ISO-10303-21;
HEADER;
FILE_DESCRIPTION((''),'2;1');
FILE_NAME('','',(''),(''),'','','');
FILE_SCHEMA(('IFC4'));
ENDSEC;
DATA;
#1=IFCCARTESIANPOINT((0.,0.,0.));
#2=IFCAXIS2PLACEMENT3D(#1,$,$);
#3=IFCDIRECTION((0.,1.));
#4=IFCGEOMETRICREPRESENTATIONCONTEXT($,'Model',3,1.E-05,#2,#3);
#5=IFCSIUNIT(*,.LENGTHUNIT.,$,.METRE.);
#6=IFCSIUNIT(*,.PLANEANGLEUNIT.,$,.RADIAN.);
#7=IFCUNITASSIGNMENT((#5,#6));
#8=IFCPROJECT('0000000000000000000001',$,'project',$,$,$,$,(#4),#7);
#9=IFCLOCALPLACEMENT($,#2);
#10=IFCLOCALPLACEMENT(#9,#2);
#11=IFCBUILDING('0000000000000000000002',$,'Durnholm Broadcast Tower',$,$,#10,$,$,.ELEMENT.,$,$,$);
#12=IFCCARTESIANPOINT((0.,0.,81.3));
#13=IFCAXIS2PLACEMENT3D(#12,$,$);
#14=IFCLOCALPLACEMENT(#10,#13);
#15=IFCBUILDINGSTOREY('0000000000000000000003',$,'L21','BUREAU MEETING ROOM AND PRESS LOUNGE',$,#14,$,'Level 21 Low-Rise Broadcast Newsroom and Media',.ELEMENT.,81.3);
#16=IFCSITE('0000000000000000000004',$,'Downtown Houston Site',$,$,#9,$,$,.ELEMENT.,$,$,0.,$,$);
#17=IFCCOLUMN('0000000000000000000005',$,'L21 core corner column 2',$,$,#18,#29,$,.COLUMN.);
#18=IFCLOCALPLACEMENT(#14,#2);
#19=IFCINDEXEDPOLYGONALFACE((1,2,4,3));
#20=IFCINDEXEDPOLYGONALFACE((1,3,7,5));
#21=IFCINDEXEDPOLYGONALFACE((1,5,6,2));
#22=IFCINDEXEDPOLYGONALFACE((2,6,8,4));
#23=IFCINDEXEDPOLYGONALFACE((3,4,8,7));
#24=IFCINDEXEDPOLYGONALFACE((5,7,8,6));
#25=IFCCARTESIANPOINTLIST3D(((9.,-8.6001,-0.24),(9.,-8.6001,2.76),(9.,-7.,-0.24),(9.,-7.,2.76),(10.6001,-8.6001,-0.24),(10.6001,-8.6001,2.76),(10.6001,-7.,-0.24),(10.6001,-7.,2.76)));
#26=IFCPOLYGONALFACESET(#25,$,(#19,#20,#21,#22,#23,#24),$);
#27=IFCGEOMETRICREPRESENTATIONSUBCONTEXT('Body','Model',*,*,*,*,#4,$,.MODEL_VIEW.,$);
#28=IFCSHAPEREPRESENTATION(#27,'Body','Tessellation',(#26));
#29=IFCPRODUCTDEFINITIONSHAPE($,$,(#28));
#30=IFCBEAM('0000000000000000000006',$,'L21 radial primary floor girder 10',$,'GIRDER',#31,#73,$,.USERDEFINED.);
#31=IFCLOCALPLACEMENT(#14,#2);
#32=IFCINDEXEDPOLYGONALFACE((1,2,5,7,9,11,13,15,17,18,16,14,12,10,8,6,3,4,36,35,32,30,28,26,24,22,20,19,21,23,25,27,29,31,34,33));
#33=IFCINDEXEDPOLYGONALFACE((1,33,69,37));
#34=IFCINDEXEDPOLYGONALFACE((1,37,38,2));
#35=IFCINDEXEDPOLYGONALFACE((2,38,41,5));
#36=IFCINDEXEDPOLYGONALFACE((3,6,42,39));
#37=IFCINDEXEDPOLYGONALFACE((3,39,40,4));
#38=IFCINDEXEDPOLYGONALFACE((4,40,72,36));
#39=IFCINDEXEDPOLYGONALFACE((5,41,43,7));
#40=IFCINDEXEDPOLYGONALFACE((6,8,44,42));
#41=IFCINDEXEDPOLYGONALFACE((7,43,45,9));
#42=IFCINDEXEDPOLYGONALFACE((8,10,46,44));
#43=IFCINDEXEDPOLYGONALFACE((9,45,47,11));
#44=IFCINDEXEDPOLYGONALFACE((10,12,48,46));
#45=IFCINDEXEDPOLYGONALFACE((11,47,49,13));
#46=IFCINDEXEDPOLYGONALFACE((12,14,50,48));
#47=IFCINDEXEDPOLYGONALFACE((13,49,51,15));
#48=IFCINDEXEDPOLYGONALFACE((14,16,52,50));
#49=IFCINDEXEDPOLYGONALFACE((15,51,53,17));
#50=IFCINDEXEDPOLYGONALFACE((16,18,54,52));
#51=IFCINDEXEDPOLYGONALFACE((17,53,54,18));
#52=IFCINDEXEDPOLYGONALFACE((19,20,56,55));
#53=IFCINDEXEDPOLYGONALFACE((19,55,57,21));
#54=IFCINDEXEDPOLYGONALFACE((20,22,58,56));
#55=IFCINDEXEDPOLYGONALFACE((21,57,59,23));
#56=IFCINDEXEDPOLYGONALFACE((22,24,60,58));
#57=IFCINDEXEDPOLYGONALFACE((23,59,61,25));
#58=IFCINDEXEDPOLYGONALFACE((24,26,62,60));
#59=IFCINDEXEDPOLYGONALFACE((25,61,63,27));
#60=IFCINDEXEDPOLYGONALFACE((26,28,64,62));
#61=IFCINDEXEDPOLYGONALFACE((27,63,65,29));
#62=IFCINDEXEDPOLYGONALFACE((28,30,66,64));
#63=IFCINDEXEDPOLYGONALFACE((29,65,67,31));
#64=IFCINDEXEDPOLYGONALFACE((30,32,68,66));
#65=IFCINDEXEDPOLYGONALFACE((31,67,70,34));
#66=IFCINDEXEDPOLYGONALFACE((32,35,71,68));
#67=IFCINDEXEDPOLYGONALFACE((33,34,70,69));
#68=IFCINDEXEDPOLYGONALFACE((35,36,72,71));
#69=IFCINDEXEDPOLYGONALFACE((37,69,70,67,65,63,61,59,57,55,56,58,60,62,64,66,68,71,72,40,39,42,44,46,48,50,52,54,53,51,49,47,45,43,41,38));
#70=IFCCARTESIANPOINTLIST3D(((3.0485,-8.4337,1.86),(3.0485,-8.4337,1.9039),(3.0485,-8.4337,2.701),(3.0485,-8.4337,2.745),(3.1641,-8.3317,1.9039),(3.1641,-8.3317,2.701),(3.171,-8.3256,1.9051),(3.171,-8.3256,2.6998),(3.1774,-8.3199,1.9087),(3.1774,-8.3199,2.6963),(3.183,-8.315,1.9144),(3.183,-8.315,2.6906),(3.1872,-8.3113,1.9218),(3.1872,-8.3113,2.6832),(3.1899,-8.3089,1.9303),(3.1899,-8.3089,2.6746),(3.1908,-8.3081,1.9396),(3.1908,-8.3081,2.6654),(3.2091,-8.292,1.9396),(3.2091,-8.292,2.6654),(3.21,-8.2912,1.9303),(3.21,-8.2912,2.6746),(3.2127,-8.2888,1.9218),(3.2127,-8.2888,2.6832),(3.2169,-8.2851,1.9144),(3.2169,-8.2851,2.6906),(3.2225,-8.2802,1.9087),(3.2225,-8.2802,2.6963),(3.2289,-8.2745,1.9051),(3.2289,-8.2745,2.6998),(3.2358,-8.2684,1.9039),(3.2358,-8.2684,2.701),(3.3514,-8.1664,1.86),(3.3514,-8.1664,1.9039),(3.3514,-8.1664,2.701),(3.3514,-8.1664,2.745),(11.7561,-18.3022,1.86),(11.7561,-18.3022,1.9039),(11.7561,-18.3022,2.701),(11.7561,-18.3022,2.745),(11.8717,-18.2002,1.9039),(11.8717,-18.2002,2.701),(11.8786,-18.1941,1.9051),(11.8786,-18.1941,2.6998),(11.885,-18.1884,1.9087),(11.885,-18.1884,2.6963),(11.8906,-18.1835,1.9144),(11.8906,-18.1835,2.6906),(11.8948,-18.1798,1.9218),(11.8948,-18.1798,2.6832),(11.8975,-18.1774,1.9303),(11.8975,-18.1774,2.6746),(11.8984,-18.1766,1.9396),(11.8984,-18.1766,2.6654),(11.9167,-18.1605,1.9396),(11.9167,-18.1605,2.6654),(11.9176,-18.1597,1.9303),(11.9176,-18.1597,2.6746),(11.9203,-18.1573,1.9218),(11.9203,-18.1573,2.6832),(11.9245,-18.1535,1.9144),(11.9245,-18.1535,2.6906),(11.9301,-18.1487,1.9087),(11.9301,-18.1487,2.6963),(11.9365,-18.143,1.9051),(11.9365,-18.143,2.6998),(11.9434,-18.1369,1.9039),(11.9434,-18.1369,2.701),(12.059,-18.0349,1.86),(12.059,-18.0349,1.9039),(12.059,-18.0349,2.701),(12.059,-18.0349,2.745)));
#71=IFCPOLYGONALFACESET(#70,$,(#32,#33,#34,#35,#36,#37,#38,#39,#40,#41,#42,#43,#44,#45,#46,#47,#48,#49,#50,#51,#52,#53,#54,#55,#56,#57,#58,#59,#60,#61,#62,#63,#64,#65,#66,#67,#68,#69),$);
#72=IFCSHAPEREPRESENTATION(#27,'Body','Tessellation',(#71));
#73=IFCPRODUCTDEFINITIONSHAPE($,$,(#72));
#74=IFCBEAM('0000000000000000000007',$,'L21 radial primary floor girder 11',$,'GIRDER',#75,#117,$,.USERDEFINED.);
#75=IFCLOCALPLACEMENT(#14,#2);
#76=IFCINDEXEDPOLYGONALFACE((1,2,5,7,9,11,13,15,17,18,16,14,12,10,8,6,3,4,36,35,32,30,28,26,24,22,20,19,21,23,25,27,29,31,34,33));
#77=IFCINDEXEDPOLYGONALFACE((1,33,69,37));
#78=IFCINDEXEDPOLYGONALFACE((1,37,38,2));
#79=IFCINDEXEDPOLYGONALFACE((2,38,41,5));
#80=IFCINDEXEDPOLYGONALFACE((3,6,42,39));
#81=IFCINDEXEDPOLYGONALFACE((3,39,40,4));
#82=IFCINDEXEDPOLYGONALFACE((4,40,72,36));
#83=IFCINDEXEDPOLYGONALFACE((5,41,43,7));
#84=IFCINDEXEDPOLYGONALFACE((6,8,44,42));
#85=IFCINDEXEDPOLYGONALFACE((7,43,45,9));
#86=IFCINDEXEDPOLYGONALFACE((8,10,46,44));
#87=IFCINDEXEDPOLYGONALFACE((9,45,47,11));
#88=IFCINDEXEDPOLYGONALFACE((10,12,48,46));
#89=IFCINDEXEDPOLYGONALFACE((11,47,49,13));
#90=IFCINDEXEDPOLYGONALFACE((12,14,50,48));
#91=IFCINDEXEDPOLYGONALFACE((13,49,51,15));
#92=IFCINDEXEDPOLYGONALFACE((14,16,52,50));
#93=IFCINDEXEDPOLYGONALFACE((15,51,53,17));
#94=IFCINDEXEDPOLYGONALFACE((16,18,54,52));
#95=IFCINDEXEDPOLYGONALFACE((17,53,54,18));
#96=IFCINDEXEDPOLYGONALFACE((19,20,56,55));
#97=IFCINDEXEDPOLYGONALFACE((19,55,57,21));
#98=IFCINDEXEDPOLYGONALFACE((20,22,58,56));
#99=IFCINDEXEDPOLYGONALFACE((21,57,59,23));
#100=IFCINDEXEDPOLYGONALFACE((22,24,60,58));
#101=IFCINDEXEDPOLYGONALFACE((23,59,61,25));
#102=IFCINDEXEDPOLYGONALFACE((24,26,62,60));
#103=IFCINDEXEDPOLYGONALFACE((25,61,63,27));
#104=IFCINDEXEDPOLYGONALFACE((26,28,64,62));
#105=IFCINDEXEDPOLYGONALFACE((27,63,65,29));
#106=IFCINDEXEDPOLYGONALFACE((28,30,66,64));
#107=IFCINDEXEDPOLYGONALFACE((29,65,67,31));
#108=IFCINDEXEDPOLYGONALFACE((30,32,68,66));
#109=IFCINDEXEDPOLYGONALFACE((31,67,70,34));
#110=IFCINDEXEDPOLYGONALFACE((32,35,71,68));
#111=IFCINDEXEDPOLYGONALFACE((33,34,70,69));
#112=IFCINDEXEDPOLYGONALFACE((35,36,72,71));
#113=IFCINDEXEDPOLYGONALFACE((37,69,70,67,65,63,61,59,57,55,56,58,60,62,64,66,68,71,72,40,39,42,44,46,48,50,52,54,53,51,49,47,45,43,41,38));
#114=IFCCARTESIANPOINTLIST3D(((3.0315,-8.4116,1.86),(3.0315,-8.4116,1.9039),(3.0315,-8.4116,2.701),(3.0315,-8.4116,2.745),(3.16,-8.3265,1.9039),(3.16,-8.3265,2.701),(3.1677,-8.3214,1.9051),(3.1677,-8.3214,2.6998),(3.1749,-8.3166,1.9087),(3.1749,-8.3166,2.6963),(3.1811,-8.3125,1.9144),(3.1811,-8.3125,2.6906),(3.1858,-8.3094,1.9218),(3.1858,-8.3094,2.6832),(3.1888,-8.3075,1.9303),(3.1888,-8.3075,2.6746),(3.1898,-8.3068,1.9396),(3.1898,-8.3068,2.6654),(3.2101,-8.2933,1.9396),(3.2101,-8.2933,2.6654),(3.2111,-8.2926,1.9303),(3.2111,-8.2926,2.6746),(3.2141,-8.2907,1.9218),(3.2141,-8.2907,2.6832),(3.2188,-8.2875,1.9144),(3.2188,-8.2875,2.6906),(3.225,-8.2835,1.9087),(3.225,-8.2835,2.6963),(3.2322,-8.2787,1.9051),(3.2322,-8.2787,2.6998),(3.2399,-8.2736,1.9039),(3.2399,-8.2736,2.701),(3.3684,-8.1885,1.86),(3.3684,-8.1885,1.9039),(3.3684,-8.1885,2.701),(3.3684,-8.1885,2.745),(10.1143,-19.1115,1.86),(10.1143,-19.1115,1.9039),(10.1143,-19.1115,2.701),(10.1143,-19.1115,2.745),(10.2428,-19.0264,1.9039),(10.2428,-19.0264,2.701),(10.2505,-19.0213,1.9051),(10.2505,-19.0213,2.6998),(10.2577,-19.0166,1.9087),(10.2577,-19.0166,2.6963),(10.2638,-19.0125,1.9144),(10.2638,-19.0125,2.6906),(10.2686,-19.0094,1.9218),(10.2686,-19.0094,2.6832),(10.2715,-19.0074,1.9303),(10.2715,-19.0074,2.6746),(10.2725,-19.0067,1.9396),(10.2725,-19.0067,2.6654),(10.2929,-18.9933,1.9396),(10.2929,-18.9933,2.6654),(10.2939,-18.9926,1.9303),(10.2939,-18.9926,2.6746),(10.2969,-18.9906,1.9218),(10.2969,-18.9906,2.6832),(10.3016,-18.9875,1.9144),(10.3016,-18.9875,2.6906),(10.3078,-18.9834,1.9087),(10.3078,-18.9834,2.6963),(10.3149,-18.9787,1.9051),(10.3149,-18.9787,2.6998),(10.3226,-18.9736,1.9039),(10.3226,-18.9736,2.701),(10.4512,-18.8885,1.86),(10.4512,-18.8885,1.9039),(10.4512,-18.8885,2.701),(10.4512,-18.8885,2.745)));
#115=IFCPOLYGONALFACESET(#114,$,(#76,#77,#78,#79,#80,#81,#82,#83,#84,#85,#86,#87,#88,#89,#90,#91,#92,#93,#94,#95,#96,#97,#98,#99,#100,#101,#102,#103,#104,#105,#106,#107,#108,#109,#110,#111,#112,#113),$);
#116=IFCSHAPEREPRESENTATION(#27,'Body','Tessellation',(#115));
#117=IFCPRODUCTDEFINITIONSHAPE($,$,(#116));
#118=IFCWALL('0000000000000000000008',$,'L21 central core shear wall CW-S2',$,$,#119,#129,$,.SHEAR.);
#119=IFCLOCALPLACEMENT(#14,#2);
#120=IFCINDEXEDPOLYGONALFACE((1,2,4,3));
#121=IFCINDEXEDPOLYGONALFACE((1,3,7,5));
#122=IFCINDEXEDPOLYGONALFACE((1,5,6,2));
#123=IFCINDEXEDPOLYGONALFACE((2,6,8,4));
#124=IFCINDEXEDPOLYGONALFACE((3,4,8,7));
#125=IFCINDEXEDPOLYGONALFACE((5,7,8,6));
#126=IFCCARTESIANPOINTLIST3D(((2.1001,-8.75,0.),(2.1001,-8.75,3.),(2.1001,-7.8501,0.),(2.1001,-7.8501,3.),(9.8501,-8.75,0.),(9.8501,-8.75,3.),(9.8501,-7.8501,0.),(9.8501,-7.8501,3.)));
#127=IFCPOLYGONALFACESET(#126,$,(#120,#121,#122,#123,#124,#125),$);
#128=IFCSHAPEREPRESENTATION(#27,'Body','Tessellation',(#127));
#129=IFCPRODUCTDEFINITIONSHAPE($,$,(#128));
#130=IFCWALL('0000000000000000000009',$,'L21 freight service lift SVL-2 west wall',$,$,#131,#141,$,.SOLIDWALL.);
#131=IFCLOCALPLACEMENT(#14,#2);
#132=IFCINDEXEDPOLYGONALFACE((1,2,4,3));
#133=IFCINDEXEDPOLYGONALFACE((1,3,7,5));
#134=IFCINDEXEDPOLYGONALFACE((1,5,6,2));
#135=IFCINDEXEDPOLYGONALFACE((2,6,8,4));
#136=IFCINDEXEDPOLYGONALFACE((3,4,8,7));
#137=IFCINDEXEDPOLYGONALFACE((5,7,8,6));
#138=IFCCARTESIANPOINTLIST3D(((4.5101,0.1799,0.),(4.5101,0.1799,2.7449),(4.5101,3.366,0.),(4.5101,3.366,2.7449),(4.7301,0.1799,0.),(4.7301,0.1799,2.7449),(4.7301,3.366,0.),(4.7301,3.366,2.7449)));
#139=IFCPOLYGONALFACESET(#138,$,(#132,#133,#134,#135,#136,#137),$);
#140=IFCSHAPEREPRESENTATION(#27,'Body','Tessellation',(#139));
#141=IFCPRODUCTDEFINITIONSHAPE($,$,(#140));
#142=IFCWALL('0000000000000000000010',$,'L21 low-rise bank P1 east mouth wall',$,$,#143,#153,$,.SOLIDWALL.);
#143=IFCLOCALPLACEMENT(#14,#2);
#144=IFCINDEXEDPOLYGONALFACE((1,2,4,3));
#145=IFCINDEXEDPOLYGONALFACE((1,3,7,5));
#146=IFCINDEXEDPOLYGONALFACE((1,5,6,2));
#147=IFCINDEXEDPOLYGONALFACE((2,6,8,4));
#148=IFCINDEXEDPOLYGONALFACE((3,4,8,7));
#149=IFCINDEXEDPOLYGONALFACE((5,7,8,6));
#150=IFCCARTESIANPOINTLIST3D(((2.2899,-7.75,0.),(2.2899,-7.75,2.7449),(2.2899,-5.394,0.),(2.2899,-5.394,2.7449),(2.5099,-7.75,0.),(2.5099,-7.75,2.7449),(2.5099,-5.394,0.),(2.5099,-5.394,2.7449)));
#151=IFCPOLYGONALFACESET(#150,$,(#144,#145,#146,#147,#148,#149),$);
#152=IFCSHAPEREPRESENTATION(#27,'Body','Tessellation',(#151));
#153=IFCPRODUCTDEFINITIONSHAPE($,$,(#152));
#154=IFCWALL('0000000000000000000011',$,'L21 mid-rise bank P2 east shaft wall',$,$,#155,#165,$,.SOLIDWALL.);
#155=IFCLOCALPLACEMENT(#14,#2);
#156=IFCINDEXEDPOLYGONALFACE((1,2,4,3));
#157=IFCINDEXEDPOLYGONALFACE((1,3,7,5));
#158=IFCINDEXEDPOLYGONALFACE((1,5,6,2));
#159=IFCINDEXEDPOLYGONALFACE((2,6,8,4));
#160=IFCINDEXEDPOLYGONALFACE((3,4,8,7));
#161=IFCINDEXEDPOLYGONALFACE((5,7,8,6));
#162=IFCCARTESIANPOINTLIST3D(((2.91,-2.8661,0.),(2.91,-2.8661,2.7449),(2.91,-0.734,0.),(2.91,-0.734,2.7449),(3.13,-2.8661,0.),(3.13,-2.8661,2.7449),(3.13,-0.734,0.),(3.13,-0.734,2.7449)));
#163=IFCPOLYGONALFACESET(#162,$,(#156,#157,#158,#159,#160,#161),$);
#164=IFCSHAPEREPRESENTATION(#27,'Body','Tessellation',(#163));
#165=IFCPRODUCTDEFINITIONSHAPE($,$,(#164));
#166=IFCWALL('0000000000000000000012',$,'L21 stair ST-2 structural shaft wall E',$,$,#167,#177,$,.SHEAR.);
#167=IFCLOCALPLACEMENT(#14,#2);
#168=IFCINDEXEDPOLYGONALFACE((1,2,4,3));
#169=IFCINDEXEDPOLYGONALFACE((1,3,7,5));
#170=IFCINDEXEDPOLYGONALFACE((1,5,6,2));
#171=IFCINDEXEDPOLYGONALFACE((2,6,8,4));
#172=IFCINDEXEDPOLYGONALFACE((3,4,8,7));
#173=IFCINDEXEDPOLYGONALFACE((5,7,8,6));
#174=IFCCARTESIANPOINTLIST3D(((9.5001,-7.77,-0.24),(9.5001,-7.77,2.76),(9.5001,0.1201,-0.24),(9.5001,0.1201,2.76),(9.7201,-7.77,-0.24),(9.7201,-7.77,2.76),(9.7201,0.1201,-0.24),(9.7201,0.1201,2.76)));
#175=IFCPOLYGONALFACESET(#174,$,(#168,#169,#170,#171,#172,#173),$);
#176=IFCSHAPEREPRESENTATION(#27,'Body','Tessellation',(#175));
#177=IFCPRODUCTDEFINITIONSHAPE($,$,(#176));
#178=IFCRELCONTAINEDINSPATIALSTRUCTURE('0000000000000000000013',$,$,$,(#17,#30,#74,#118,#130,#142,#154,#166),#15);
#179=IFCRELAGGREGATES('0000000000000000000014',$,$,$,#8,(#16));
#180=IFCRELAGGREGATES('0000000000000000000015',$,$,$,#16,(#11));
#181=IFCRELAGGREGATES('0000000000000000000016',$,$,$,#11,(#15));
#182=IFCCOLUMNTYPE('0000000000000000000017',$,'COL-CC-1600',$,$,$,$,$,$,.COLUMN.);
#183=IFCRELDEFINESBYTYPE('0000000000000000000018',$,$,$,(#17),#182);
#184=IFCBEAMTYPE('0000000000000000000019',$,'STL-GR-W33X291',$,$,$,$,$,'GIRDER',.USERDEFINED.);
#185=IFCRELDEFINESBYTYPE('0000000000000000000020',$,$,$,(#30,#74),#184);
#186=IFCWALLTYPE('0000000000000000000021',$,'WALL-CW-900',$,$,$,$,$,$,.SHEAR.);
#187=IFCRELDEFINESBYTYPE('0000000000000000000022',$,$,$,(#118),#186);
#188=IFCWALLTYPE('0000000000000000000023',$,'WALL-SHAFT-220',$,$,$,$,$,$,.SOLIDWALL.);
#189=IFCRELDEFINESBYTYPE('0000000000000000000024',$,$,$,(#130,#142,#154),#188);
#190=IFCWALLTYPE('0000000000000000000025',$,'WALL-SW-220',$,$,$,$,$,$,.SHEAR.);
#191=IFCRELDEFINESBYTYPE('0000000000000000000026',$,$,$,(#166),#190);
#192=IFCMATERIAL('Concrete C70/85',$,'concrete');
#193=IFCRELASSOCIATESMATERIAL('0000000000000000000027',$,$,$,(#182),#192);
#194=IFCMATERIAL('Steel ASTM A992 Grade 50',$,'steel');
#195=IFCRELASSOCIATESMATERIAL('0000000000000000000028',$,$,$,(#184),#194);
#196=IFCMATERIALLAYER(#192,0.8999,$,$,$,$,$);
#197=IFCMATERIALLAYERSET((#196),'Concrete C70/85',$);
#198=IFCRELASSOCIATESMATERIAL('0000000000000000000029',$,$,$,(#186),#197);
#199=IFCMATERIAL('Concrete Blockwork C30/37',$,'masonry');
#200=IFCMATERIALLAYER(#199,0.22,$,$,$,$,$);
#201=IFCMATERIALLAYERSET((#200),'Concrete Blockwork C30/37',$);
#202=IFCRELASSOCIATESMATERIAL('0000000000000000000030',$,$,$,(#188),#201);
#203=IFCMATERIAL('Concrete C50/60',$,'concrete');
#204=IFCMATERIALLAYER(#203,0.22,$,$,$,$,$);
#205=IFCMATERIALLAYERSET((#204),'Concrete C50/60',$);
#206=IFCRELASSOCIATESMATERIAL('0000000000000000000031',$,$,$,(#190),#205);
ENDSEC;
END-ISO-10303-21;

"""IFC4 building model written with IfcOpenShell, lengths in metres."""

from ifc_helpers import new_model, si_unit, direction, frame, frame_2d, origin, origin_2d, place, context, subcontext, project, spatial, rectangle, i_section, extrude, source, transform, mapped, material, layer, layer_set, material_profile, profile_set, type_object, type_shapes, element, save


model = new_model("IFC4")

# Units and contexts
model_context = context("Model", 3, precision=1e-05, world=origin(), true_north=direction((0.0, 1.0)))
body_context = subcontext(model_context, "Body", "Model", "MODEL_VIEW")
ifc_project = project(units=[si_unit("LENGTHUNIT", "METRE"), si_unit("PLANEANGLEUNIT", "RADIAN")], contexts=[model_context])

# Site, building, storey
site_placement = place(None, origin())
site = spatial("IfcSite", under=ifc_project, at=site_placement, Name="Downtown Houston Site", CompositionType="ELEMENT", RefElevation=0.0)
building_placement = place(site_placement, origin())
building = spatial("IfcBuilding", under=site, at=building_placement, Name="Durnholm Broadcast Tower", CompositionType="ELEMENT")
storey_placement = place(building_placement, frame((0.0, 0.0, 81.3)))
storey = spatial("IfcBuildingStorey", under=building, at=storey_placement, Name="L21", Description="BUREAU MEETING ROOM AND PRESS LOUNGE", LongName="Level 21 Low-Rise Broadcast Newsroom and Media", CompositionType="ELEMENT", Elevation=81.3)

# Column
ifc_material_1 = material(Name="Concrete C70/85", Category="concrete")
ifc_material_profile_1 = material_profile(ifc_material_1, rectangle(XDim=1.6001, YDim=1.6001, at=origin_2d()), Name="RC1600X1600")
ifc_profile_set_1 = profile_set([ifc_material_profile_1], Name="Concrete C70/85")
column_type = type_object("IfcColumnType", Name="COL-CC-1600", PredefinedType="COLUMN", material=ifc_profile_set_1)
shared_shape_1 = source(origin(), body_context, "Body", "SweptSolid", [
    extrude(rectangle(XDim=1.6001, YDim=1.6001, at=origin_2d()), origin(), (0.0, 0.0, 1.0), 3.0),
])
type_shapes(column_type, [shared_shape_1])
column_placement = place(storey_placement, frame((9.8, -7.8, -0.24), z_axis=(0.0, 0.0, 1.0), x_axis=(1.0, 0.0, 0.0)))
element("IfcColumn", 1, at=column_placement, inside=storey, type_object=column_type, Name="L21 core corner column 2", PredefinedType="COLUMN", context=body_context, shape_type="MappedRepresentation", body=[
    mapped(shared_shape_1, transform((0.0, 0.0, 0.0), x_axis=(1.0, 0.0, 0.0), y_axis=(0.0, 1.0, 0.0), z_axis=(0.0, 0.0, 1.0), scale=1.0)),
])

# Beams
ifc_material_2 = material(Name="Steel ASTM A992 Grade 50", Category="steel")
ifc_material_profile_2 = material_profile(ifc_material_2, i_section(OverallWidth=0.4041, OverallDepth=0.885, WebThickness=0.0244, FlangeThickness=0.0439, FilletRadius=0.0356, at=origin_2d()), Name="W33X291")
ifc_profile_set_2 = profile_set([ifc_material_profile_2], Name="Steel ASTM A992 Grade 50")
beam_type = type_object("IfcBeamType", Name="STL-GR-W33X291", ElementType="GIRDER", PredefinedType="USERDEFINED", material=ifc_profile_set_2)
shared_shape_2 = source(origin(), body_context, "Body", "SweptSolid", [
    extrude(i_section(OverallWidth=0.4041, OverallDepth=0.885, WebThickness=0.0244, FlangeThickness=0.0439, FilletRadius=0.0356, at=origin_2d()), origin(), (0.0, 0.0, 1.0), 13.1609),
])
beam_1_placement = place(storey_placement, frame((3.2, -8.3, 2.3025), z_axis=(0.661626, -0.749834, 0.0), x_axis=(0.749834, 0.661626, 0.0)))
element("IfcBeam", 2, at=beam_1_placement, inside=storey, type_object=beam_type, Name="L21 radial primary floor girder 10", ObjectType="GIRDER", PredefinedType="USERDEFINED", context=body_context, shape_type="MappedRepresentation", body=[
    mapped(shared_shape_2, transform((0.0, 0.0, 0.0), x_axis=(1.0, 0.0, 0.0), y_axis=(0.0, 1.0, 0.0), z_axis=(0.0, 0.0, 1.0), scale=1.0)),
])
shared_shape_3 = source(origin(), body_context, "Body", "SweptSolid", [
    extrude(i_section(OverallWidth=0.4041, OverallDepth=0.885, WebThickness=0.0244, FlangeThickness=0.0439, FilletRadius=0.0356, at=origin_2d()), origin(), (0.0, 0.0, 1.0), 12.8318),
])
type_shapes(beam_type, [shared_shape_2, shared_shape_3])
beam_2_placement = place(storey_placement, frame((3.2, -8.3, 2.3025), z_axis=(0.551971, -0.833864, 0.0), x_axis=(0.833864, 0.551971, 0.0)))
element("IfcBeam", 3, at=beam_2_placement, inside=storey, type_object=beam_type, Name="L21 radial primary floor girder 11", ObjectType="GIRDER", PredefinedType="USERDEFINED", context=body_context, shape_type="MappedRepresentation", body=[
    mapped(shared_shape_3, transform((0.0, 0.0, 0.0), x_axis=(1.0, 0.0, 0.0), y_axis=(0.0, 1.0, 0.0), z_axis=(0.0, 0.0, 1.0), scale=1.0)),
])

# Walls
ifc_layer_1 = layer(ifc_material_1, 0.8999)
ifc_layer_set_1 = layer_set([ifc_layer_1], Name="Concrete C70/85")
wall_type_1 = type_object("IfcWallType", Name="WALL-CW-900", PredefinedType="SHEAR", material=ifc_layer_set_1)
wall_1_placement = place(storey_placement, frame((2.1001, -8.3, 0.0), z_axis=(0.0, 0.0, 1.0), x_axis=(1.0, 0.0, 0.0)))
element("IfcWall", 4, at=wall_1_placement, inside=storey, type_object=wall_type_1, Name="L21 central core shear wall CW-S2", PredefinedType="SHEAR", context=body_context, shape_type="SweptSolid", body=[
    extrude(rectangle(XDim=7.75, YDim=0.8999, at=frame_2d((3.875, 0.0))), origin(), (0.0, 0.0, 1.0), 3.0),
])
ifc_material_3 = material(Name="Concrete Blockwork C30/37", Category="masonry")
ifc_layer_2 = layer(ifc_material_3, 0.22)
ifc_layer_set_2 = layer_set([ifc_layer_2], Name="Concrete Blockwork C30/37")
wall_type_2 = type_object("IfcWallType", Name="WALL-SHAFT-220", PredefinedType="SOLIDWALL", material=ifc_layer_set_2)
wall_2_placement = place(storey_placement, frame((4.6201, 0.1799, 0.0), z_axis=(0.0, 0.0, 1.0), x_axis=(0.0, 1.0, 0.0)))
element("IfcWall", 5, at=wall_2_placement, inside=storey, type_object=wall_type_2, Name="L21 freight service lift SVL-2 west wall", PredefinedType="SOLIDWALL", context=body_context, shape_type="SweptSolid", body=[
    extrude(rectangle(XDim=3.186, YDim=0.22, at=frame_2d((1.593, 0.0))), origin(), (0.0, 0.0, 1.0), 2.7449),
])

# Walls
wall_3_placement = place(storey_placement, frame((2.3999, -7.75, 0.0), z_axis=(0.0, 0.0, 1.0), x_axis=(0.0, 1.0, 0.0)))
element("IfcWall", 6, at=wall_3_placement, inside=storey, type_object=wall_type_2, Name="L21 low-rise bank P1 east mouth wall", PredefinedType="SOLIDWALL", context=body_context, shape_type="SweptSolid", body=[
    extrude(rectangle(XDim=2.356, YDim=0.22, at=frame_2d((1.178, 0.0))), origin(), (0.0, 0.0, 1.0), 2.7449),
])
wall_4_placement = place(storey_placement, frame((3.02, -2.866, 0.0), z_axis=(0.0, 0.0, 1.0), x_axis=(0.0, 1.0, 0.0)))
element("IfcWall", 7, at=wall_4_placement, inside=storey, type_object=wall_type_2, Name="L21 mid-rise bank P2 east shaft wall", PredefinedType="SOLIDWALL", context=body_context, shape_type="SweptSolid", body=[
    extrude(rectangle(XDim=2.1321, YDim=0.22, at=frame_2d((1.0659, 0.0))), origin(), (0.0, 0.0, 1.0), 2.7449),
])
ifc_material_4 = material(Name="Concrete C50/60", Category="concrete")
ifc_layer_3 = layer(ifc_material_4, 0.22)
ifc_layer_set_3 = layer_set([ifc_layer_3], Name="Concrete C50/60")
wall_type_3 = type_object("IfcWallType", Name="WALL-SW-220", PredefinedType="SHEAR", material=ifc_layer_set_3)
wall_5_placement = place(storey_placement, frame((9.6101, -7.77, -0.24), z_axis=(0.0, 0.0, 1.0), x_axis=(0.0, 1.0, 0.0)))
element("IfcWall", 8, at=wall_5_placement, inside=storey, type_object=wall_type_3, Name="L21 stair ST-2 structural shaft wall E", PredefinedType="SHEAR", context=body_context, shape_type="SweptSolid", body=[
    extrude(rectangle(XDim=7.8901, YDim=0.22, at=frame_2d((3.9451, 0.0))), origin(), (0.0, 0.0, 1.0), 3.0),
])

save(model, "model.ifc")
